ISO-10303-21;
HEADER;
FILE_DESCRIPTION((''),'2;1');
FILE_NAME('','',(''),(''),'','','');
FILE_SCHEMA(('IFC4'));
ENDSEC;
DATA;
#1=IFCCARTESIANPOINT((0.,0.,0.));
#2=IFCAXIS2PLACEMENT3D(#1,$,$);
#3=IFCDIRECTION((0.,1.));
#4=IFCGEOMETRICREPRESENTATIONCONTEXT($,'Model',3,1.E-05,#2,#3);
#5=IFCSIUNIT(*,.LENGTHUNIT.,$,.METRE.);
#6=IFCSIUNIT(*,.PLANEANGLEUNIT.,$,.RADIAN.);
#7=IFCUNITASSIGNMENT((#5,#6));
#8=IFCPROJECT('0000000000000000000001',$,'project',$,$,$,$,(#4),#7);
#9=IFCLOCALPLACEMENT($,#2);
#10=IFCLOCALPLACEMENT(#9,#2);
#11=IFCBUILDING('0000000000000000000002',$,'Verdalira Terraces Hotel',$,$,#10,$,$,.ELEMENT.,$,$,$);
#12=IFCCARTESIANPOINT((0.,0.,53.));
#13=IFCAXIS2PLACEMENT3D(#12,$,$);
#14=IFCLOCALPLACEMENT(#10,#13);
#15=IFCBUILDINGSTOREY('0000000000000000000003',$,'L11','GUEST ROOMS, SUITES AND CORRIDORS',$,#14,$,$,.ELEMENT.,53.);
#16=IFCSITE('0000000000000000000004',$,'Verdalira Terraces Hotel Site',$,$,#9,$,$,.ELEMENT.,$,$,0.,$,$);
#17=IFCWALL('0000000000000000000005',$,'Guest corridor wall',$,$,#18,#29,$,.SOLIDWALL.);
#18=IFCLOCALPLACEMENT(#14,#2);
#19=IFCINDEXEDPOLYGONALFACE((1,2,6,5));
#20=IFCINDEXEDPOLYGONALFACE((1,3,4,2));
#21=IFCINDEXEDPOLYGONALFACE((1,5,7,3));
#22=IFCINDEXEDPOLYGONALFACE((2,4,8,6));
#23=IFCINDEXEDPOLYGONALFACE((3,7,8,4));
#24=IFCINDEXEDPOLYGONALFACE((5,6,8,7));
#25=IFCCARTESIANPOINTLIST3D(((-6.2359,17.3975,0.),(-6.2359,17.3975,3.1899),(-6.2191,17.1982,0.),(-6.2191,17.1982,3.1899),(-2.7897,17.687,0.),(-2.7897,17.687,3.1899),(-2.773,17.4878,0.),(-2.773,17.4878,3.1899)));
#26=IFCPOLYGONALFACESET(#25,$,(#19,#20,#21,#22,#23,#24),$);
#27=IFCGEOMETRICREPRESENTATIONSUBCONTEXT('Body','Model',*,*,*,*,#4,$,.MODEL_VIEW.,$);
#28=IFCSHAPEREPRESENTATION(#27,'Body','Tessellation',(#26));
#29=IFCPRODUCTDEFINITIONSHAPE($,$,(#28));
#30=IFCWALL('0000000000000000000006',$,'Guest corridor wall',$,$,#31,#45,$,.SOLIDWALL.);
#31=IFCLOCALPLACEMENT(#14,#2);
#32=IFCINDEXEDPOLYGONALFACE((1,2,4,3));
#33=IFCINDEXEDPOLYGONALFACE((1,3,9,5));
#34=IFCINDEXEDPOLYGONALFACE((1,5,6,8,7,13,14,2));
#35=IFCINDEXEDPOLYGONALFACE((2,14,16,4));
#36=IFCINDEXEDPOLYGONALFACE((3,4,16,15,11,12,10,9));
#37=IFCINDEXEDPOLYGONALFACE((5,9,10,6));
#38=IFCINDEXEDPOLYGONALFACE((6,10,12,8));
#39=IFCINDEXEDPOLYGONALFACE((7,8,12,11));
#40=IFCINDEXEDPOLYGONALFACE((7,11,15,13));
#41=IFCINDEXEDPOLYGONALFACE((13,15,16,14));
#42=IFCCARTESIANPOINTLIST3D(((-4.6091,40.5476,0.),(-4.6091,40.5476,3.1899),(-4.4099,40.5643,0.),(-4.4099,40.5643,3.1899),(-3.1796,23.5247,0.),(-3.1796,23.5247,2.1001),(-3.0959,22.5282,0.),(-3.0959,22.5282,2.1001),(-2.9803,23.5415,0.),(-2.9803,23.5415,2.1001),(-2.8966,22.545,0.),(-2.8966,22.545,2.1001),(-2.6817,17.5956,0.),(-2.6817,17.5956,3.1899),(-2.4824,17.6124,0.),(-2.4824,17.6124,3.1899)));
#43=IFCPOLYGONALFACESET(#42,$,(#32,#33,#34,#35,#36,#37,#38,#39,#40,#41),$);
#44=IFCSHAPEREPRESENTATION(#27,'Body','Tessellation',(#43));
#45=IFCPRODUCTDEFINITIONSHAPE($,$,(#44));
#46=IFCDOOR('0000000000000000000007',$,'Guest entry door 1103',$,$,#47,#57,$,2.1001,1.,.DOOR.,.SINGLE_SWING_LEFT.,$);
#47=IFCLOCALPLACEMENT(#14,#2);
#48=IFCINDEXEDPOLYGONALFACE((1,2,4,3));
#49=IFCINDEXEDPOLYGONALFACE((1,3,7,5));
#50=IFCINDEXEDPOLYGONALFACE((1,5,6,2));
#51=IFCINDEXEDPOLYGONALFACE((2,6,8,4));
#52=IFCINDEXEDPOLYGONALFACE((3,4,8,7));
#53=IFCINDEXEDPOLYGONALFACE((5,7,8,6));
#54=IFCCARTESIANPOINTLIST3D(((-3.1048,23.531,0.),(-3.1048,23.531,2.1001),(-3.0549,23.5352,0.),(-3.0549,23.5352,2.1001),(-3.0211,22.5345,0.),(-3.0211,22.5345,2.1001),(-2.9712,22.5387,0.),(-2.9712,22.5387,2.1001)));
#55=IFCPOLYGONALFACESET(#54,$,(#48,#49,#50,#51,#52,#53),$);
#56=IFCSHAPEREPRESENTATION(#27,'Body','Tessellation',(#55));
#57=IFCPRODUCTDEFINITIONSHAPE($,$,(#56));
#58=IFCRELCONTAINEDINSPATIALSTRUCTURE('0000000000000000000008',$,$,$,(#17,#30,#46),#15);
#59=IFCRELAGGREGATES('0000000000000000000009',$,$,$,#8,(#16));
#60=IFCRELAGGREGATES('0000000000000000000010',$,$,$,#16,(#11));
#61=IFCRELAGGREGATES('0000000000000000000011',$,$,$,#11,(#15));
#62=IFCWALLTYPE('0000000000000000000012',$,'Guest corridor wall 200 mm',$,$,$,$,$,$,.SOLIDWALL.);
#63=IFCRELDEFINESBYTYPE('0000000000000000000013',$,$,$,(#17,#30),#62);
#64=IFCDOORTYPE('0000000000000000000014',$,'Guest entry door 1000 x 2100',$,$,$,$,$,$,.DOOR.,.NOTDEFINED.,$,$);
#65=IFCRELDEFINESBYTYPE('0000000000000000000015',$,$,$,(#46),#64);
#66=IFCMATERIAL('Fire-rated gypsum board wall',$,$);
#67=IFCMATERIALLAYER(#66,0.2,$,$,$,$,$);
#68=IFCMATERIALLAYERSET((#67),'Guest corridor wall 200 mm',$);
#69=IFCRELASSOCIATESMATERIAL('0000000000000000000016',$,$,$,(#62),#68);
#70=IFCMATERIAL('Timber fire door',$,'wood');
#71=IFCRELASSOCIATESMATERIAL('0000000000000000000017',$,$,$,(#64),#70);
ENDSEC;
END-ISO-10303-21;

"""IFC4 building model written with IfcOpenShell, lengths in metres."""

from ifc_helpers import new_model, si_unit, direction, frame, frame_2d, origin, place, context, subcontext, project, spatial, rectangle, extrude, material, layer, layer_set, type_object, element, fill, save


model = new_model("IFC4")

# Units and contexts
model_context = context("Model", 3, precision=1e-05, world=origin(), true_north=direction((0.0, 1.0)))
body_context = subcontext(model_context, "Body", "Model", "MODEL_VIEW")
ifc_project = project(units=[si_unit("LENGTHUNIT", "METRE"), si_unit("PLANEANGLEUNIT", "RADIAN")], contexts=[model_context])

# Site, building, storey
site_placement = place(None, origin())
site = spatial("IfcSite", under=ifc_project, at=site_placement, Name="Verdalira Terraces Hotel Site", CompositionType="ELEMENT", RefElevation=0.0)
building_placement = place(site_placement, origin())
building = spatial("IfcBuilding", under=site, at=building_placement, Name="Verdalira Terraces Hotel", CompositionType="ELEMENT")
storey_placement = place(building_placement, frame((0.0, 0.0, 53.0)))
storey = spatial("IfcBuildingStorey", under=building, at=storey_placement, Name="L11", Description="GUEST ROOMS, SUITES AND CORRIDORS", CompositionType="ELEMENT", Elevation=53.0)

# Wall
ifc_material_1 = material(Name="Fire-rated gypsum board wall")
ifc_layer_1 = layer(ifc_material_1, 0.2)
ifc_layer_set_1 = layer_set([ifc_layer_1], Name="Guest corridor wall 200 mm")
wall_type_1 = type_object("IfcWallType", Name="Guest corridor wall 200 mm", PredefinedType="SOLIDWALL", material=ifc_layer_set_1)
wall_1_placement = place(storey_placement, frame((-2.7815, 17.5874, 0.0), z_axis=(0.0, 0.0, 1.0), x_axis=(-0.996489, -0.083729, 0.0)))
element("IfcWall", 1, at=wall_1_placement, inside=storey, type_object=wall_type_1, Name="Guest corridor wall", PredefinedType="SOLIDWALL", context=body_context, shape_type="SweptSolid", body=[
    extrude(rectangle(XDim=3.4583, YDim=0.2, at=frame_2d((1.729, 0.0))), origin(), (0.0, 0.0, 1.0), 3.1899),
])

# Wall, opening, door
wall_2_placement = place(storey_placement, frame((-2.582, 17.604, 0.0), z_axis=(0.0, 0.0, 1.0), x_axis=(-0.083685, 0.996492, 0.0)))
wall_2 = element("IfcWall", 2, at=wall_2_placement, inside=storey, type_object=wall_type_1, Name="Guest corridor wall", PredefinedType="SOLIDWALL", context=body_context, shape_type="SweptSolid", body=[
    extrude(rectangle(XDim=23.0327, YDim=0.2, at=frame_2d((11.5164, 0.0))), origin(), (0.0, 0.0, 1.0), 3.1899),
])
opening_1_placement = place(wall_2_placement, frame((4.95, 0.0, 0.0)))
opening_1 = element("IfcOpeningElement", 3, at=opening_1_placement, cuts=wall_2, PredefinedType="OPENING", context=body_context, shape_type="SweptSolid", body=[
    extrude(rectangle(XDim=1.0, YDim=2.1001, at=frame_2d((0.5, 1.05))), frame((0.0, 0.1099, 0.0), z_axis=(0.0, -1.0, 0.0), x_axis=(1.0, 0.0, 0.0)), (0.0, 0.0, 1.0), 0.22),
])
ifc_material_2 = material(Name="Timber fire door", Category="wood")
door_type_1 = type_object("IfcDoorType", Name="Guest entry door 1000 x 2100", OperationType="NOTDEFINED", PredefinedType="DOOR", material=ifc_material_2)
door_1_placement = place(opening_1_placement, origin())
door_1 = element("IfcDoor", 4, at=door_1_placement, inside=storey, type_object=door_type_1, Name="Guest entry door 1103", OperationType="SINGLE_SWING_LEFT", OverallHeight=2.1001, OverallWidth=1.0, PredefinedType="DOOR", context=body_context, shape_type="SweptSolid", body=[
    extrude(rectangle(XDim=1.0, YDim=2.1001, at=frame_2d((0.5, 1.05))), frame((0.0, 0.0249, 0.0), z_axis=(0.0, -1.0, 0.0), x_axis=(1.0, 0.0, 0.0)), (0.0, 0.0, 1.0), 0.05),
])
fill(opening_1, door_1)

save(model, "model.ifc")
